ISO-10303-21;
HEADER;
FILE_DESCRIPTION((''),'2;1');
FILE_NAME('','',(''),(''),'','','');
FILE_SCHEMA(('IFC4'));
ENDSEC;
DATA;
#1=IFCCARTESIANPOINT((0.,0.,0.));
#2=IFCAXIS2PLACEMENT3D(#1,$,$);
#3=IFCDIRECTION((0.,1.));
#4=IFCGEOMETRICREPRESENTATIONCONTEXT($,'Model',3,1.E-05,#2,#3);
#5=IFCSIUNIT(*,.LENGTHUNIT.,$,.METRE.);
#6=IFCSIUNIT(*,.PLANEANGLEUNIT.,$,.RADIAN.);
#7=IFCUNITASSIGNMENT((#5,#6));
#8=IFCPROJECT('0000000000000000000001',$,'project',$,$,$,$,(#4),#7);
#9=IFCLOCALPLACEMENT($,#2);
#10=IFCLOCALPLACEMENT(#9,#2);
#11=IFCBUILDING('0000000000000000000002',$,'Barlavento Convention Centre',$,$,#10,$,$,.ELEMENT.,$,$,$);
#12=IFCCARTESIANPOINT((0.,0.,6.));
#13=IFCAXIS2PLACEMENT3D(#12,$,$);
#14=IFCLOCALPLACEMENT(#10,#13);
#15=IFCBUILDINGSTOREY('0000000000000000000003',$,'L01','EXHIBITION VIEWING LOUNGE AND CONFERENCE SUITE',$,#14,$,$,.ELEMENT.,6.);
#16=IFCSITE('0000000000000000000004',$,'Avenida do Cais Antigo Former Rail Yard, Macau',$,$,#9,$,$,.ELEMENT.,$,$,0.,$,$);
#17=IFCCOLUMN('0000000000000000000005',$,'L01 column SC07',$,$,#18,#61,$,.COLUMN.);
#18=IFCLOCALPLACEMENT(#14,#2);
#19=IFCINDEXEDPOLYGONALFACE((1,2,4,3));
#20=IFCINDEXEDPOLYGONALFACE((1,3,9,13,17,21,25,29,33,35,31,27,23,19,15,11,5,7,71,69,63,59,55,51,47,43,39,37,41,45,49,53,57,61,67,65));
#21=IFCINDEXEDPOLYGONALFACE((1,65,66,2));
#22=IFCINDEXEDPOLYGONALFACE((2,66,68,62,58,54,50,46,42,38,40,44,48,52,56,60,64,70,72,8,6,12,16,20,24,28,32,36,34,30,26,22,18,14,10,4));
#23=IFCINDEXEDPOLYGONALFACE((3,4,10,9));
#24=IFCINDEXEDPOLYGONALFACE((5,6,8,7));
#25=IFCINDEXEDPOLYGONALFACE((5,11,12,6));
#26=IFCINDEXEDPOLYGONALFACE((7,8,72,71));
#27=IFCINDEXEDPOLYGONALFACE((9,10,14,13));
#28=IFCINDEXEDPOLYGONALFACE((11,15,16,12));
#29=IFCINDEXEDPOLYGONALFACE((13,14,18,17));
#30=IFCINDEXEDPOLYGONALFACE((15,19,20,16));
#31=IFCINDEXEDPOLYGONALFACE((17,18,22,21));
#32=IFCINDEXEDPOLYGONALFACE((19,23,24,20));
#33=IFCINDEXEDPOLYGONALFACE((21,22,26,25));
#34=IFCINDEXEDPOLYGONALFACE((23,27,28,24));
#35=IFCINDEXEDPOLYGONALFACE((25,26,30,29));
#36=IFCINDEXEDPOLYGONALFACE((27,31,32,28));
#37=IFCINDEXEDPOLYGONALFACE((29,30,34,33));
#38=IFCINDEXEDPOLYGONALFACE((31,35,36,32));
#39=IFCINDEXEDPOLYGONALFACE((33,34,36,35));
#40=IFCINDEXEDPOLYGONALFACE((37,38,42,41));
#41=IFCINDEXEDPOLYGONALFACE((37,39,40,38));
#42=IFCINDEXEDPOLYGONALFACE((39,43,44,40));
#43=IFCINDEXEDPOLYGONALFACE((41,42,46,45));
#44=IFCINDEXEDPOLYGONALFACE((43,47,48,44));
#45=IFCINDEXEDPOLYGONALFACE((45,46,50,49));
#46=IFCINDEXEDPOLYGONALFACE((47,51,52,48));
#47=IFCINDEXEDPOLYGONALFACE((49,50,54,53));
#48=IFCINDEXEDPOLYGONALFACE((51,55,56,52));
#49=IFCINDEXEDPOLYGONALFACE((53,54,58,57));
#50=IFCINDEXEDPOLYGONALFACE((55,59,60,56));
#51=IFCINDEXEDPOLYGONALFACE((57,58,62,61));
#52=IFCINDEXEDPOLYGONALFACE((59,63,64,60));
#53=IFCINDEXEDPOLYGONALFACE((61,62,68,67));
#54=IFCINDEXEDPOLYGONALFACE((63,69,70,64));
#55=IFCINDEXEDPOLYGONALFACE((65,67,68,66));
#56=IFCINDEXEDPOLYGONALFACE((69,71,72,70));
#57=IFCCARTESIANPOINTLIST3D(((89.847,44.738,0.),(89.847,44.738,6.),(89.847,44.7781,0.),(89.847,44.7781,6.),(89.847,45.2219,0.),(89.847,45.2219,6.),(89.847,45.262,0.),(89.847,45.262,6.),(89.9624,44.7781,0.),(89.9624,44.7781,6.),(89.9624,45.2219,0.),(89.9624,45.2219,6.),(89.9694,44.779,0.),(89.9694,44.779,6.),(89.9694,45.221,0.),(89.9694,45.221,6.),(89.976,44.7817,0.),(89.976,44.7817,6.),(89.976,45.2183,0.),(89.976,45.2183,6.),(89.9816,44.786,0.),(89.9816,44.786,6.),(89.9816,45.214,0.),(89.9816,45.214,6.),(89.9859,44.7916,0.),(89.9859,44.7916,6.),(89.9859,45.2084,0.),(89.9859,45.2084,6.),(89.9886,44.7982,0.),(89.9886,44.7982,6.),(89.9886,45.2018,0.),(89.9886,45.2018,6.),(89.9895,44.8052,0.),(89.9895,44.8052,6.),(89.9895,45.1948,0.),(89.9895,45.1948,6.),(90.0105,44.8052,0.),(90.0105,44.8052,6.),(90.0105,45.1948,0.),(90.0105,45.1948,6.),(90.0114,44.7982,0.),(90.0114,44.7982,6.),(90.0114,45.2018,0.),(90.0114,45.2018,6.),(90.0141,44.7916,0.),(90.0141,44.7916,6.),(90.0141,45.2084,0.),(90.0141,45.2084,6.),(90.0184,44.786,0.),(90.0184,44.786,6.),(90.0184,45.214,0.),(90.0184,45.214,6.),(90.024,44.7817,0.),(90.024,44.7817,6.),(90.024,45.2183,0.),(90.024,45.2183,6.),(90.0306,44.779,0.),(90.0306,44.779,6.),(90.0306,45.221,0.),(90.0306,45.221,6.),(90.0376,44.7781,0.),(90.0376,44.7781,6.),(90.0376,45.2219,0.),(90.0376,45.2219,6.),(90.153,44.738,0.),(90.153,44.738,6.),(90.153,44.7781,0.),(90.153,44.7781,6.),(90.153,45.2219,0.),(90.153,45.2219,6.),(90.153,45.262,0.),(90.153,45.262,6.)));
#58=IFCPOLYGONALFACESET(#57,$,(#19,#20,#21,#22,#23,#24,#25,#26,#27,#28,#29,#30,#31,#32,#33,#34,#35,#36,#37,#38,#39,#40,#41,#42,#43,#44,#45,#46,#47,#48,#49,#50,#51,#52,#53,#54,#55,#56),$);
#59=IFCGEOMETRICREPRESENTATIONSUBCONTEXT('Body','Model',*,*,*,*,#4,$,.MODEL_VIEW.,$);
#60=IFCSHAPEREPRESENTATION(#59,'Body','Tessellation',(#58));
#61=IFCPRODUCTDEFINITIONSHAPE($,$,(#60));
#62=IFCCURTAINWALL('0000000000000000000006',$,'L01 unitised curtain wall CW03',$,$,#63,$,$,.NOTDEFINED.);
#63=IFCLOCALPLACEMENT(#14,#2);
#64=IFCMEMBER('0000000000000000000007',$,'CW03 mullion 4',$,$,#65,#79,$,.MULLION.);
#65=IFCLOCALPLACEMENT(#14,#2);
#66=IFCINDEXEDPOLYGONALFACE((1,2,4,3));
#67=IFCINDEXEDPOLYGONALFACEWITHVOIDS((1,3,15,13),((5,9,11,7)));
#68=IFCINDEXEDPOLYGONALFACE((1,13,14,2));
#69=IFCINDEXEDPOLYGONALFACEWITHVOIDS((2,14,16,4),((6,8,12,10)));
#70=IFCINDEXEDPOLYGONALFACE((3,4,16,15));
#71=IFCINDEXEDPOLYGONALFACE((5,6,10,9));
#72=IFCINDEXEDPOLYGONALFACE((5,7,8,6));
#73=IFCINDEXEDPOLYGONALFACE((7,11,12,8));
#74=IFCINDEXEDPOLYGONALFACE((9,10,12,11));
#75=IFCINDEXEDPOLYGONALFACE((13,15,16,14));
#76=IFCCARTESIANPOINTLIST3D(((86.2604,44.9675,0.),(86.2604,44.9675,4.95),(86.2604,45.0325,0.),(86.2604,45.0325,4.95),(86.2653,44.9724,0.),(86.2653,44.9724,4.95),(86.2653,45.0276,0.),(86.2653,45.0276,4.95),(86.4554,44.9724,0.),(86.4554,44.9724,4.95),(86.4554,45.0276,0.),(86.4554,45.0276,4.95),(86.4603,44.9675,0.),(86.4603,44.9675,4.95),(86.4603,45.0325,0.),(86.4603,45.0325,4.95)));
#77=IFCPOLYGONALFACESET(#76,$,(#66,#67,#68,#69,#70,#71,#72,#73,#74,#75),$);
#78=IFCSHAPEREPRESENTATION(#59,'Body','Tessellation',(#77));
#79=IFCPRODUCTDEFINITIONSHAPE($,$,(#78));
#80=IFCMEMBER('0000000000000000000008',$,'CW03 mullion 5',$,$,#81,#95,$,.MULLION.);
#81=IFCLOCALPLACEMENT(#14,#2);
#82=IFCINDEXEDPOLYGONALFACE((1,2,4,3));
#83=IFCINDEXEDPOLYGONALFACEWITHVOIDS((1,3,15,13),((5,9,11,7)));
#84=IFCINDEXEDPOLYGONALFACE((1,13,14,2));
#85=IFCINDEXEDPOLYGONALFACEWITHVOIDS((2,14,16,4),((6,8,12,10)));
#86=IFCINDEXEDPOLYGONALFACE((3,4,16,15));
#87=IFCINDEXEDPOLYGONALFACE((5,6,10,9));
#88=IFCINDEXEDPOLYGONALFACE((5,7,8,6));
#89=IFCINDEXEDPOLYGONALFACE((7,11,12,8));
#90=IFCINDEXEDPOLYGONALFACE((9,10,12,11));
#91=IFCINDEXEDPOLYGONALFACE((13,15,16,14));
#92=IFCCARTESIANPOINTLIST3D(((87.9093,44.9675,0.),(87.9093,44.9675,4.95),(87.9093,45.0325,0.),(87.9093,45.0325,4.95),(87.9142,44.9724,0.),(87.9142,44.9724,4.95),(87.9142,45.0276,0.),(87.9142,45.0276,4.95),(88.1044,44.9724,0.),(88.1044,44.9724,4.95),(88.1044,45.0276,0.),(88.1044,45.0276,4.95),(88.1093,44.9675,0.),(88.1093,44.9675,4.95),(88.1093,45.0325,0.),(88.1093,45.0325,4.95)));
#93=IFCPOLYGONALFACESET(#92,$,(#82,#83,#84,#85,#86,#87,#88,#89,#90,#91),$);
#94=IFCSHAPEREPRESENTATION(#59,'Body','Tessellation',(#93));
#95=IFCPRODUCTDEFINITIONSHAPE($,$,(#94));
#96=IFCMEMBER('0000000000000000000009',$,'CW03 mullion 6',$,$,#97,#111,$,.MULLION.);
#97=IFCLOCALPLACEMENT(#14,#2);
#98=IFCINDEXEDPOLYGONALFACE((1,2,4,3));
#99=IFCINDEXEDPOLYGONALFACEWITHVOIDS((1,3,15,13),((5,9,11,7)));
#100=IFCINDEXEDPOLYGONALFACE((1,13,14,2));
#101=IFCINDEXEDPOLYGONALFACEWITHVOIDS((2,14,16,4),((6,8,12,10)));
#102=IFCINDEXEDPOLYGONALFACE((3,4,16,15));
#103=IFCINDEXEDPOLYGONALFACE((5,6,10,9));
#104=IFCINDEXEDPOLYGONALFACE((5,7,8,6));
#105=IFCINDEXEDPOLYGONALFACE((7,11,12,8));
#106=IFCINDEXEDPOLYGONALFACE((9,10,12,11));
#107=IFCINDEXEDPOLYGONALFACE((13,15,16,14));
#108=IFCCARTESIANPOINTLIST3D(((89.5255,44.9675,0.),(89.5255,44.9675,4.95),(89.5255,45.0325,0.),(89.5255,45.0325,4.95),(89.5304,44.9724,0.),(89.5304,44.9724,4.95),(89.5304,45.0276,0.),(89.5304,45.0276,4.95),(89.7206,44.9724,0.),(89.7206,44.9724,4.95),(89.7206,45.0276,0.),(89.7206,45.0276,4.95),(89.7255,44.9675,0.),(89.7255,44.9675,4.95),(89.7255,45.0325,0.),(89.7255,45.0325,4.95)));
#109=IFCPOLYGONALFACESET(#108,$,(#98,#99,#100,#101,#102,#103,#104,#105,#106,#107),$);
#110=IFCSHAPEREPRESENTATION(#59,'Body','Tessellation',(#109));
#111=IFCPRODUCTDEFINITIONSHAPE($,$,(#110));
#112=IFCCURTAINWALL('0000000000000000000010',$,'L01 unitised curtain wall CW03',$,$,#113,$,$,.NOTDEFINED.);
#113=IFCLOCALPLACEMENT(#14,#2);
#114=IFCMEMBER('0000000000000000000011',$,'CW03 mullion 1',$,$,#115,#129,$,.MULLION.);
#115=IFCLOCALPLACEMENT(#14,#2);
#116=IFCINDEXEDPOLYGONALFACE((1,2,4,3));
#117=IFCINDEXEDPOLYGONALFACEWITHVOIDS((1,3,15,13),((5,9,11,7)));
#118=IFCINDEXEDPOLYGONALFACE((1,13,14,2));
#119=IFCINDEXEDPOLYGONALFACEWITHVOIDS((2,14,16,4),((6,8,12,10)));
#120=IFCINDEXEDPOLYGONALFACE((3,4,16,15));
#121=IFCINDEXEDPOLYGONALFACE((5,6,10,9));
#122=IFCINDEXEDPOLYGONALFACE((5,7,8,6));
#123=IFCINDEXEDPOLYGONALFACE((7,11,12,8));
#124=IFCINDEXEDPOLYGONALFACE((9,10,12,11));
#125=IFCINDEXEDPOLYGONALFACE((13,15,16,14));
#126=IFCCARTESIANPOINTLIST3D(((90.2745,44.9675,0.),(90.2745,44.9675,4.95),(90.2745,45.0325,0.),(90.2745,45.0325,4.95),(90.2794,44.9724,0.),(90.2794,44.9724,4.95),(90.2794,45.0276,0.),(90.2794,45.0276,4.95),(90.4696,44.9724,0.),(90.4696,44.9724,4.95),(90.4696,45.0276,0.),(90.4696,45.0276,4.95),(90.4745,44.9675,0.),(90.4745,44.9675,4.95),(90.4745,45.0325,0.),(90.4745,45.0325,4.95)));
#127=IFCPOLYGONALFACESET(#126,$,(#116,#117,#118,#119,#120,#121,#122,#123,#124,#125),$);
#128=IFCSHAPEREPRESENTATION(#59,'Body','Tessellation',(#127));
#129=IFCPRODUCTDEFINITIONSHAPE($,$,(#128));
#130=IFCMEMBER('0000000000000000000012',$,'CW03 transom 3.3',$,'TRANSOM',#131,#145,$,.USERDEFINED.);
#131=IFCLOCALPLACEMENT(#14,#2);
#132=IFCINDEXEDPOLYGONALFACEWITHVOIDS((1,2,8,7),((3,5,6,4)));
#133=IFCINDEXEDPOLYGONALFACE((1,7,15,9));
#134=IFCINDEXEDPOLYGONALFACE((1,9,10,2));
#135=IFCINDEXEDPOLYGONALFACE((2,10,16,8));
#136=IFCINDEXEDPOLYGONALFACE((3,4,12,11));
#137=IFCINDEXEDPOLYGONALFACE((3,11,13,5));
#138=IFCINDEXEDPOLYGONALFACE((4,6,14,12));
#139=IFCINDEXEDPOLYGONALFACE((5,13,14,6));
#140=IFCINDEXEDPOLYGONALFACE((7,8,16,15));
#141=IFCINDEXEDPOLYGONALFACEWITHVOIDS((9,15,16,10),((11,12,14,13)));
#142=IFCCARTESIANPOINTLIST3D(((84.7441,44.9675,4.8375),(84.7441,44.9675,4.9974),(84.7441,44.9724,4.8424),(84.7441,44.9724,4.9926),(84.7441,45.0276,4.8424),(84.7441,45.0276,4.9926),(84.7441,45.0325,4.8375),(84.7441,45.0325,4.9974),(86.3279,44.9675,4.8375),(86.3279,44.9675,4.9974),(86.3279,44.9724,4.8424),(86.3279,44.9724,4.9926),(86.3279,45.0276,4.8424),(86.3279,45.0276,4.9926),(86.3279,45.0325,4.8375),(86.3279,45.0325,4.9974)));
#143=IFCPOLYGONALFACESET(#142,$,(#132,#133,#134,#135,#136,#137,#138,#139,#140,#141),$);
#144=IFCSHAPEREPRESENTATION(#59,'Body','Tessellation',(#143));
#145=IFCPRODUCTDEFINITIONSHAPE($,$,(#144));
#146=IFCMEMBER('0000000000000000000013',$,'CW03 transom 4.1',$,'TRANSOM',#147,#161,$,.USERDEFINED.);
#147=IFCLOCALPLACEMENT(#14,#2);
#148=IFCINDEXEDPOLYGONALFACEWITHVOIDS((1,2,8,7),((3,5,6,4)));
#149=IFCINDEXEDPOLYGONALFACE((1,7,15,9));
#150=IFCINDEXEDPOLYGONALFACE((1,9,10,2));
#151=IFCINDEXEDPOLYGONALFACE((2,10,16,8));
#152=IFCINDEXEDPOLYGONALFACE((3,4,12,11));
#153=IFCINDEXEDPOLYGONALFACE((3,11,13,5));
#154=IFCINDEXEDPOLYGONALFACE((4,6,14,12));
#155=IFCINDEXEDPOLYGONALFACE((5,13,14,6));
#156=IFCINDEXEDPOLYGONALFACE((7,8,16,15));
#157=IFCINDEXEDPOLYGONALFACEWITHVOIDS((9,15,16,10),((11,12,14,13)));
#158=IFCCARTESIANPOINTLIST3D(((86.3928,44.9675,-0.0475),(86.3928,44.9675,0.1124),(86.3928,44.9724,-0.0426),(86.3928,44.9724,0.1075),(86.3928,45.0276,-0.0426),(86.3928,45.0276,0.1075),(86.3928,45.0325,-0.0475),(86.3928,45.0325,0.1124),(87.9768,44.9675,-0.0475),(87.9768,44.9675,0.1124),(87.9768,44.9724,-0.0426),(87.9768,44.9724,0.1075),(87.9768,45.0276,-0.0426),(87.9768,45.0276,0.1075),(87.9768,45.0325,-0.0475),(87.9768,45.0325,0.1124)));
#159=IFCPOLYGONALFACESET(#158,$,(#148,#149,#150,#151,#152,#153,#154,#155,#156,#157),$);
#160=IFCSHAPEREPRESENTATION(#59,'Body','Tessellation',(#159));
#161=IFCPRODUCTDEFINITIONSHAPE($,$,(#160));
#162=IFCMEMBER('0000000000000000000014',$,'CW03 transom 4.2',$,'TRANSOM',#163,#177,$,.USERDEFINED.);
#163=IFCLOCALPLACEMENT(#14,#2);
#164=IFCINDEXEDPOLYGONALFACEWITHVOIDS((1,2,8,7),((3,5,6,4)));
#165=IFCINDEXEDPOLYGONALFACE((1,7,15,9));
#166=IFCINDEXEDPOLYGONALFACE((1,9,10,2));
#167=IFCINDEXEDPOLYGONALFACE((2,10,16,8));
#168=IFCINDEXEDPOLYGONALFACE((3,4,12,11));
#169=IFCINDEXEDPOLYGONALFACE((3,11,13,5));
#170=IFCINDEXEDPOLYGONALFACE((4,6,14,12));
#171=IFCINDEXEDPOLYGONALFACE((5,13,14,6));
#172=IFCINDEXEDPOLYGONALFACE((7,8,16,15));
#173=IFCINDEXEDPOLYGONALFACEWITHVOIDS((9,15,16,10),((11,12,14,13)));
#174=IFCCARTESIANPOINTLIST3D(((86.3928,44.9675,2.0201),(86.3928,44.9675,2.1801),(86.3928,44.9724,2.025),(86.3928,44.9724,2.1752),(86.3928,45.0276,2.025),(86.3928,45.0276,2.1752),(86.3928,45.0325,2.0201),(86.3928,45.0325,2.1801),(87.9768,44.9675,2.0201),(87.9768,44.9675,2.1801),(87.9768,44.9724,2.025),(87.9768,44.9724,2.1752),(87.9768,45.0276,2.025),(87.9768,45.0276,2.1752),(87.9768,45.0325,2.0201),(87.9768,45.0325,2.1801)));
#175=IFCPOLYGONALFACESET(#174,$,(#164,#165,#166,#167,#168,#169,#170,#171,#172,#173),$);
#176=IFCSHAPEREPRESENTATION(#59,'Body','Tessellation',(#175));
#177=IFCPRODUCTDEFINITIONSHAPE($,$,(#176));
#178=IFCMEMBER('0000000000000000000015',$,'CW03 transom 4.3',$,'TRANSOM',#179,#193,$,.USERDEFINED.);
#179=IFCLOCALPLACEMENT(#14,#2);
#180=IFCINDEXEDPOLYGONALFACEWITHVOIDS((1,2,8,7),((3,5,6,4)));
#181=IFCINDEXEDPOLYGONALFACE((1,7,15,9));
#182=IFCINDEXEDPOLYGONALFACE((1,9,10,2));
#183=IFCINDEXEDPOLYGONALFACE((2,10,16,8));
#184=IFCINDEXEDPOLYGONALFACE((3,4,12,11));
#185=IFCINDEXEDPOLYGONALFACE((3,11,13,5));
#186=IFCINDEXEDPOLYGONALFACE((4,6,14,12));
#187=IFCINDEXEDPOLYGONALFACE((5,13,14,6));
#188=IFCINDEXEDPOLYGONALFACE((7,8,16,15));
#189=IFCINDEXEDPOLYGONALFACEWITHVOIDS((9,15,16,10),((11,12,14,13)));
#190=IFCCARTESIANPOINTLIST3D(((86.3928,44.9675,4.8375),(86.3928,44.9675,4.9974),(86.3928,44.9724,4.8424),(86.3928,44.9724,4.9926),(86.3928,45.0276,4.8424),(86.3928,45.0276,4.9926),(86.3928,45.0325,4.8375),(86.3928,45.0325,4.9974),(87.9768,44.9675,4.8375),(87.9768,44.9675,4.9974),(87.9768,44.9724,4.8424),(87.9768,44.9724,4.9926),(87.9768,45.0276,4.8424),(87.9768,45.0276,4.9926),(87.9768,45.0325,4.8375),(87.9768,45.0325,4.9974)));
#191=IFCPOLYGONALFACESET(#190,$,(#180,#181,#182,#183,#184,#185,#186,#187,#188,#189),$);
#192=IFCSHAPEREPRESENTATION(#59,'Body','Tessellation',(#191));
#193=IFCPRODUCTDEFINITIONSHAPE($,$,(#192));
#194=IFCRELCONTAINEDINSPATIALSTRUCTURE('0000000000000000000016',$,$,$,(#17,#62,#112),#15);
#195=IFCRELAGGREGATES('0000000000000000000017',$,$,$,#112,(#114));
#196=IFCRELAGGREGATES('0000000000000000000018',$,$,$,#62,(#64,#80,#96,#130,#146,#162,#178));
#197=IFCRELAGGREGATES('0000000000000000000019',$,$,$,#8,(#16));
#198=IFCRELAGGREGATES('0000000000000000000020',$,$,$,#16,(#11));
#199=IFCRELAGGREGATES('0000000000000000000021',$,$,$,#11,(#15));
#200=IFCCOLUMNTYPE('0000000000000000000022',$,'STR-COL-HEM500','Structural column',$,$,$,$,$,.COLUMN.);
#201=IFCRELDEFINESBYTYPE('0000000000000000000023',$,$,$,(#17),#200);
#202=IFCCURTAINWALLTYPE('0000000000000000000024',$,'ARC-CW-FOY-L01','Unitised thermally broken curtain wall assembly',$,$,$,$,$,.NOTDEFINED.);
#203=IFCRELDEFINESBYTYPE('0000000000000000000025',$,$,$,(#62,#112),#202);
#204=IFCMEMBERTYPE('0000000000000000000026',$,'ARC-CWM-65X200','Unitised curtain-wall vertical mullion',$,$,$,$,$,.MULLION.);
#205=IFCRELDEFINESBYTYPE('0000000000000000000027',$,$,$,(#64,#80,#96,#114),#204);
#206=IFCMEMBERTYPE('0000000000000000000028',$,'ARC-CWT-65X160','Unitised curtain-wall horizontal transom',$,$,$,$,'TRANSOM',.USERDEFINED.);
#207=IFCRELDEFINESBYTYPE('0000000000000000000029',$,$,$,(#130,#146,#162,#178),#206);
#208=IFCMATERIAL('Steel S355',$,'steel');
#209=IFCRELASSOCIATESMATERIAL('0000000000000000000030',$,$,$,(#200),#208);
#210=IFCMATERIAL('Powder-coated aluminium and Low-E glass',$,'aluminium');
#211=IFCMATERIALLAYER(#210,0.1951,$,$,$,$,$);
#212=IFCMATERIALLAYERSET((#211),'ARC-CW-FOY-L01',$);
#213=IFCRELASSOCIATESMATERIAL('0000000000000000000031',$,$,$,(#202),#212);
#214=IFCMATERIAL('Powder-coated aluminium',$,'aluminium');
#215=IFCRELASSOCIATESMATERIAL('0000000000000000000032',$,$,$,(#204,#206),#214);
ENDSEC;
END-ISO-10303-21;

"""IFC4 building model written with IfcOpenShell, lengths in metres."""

from ifc_helpers import new_model, si_unit, direction, frame, origin, origin_2d, place, context, subcontext, project, spatial, hollow_rectangle, i_section, extrude, material, layer, layer_set, material_profile, profile_set, type_object, element, aggregate, save


model = new_model("IFC4")

# Units and contexts
model_context = context("Model", 3, precision=1e-05, world=origin(), true_north=direction((0.0, 1.0)))
body_context = subcontext(model_context, "Body", "Model", "MODEL_VIEW")
ifc_project = project(units=[si_unit("LENGTHUNIT", "METRE"), si_unit("PLANEANGLEUNIT", "RADIAN")], contexts=[model_context])

# Site, building, storey
site_placement = place(None, origin())
site = spatial("IfcSite", under=ifc_project, at=site_placement, Name="Avenida do Cais Antigo Former Rail Yard, Macau", CompositionType="ELEMENT", RefElevation=0.0)
building_placement = place(site_placement, origin())
building = spatial("IfcBuilding", under=site, at=building_placement, Name="Barlavento Convention Centre", CompositionType="ELEMENT")
storey_placement = place(building_placement, frame((0.0, 0.0, 6.0)))
storey = spatial("IfcBuildingStorey", under=building, at=storey_placement, Name="L01", Description="EXHIBITION VIEWING LOUNGE AND CONFERENCE SUITE", CompositionType="ELEMENT", Elevation=6.0)

# Column
ifc_material_1 = material(Name="Steel S355", Category="steel")
ifc_material_profile_1 = material_profile(ifc_material_1, i_section(OverallWidth=0.3059, OverallDepth=0.5239, WebThickness=0.021, FlangeThickness=0.04, FilletRadius=0.0271, at=origin_2d()), Name="HEM 500")
ifc_profile_set_1 = profile_set([ifc_material_profile_1], Name="Steel S355")
column_type = type_object("IfcColumnType", Name="STR-COL-HEM500", Description="Structural column", PredefinedType="COLUMN", material=ifc_profile_set_1)
column_placement = place(storey_placement, frame((90.0, 45.0, 0.0), z_axis=(0.0, 0.0, 1.0), x_axis=(1.0, 0.0, 0.0)))
element("IfcColumn", 1, at=column_placement, inside=storey, type_object=column_type, Name="L01 column SC07", PredefinedType="COLUMN", context=body_context, shape_type="SweptSolid", body=[
    extrude(i_section(OverallWidth=0.3059, OverallDepth=0.5239, WebThickness=0.021, FlangeThickness=0.04, FilletRadius=0.0271, at=origin_2d()), origin(), (0.0, 0.0, 1.0), 6.0),
])

# Curtain wall, members
ifc_material_2 = material(Name="Powder-coated aluminium and Low-E glass", Category="aluminium")
ifc_layer_1 = layer(ifc_material_2, 0.1951)
ifc_layer_set_1 = layer_set([ifc_layer_1], Name="ARC-CW-FOY-L01")
curtain_wall_type = type_object("IfcCurtainWallType", Name="ARC-CW-FOY-L01", Description="Unitised thermally broken curtain wall assembly", PredefinedType="NOTDEFINED", material=ifc_layer_set_1)
curtain_wall_1_placement = place(storey_placement, origin())
curtain_wall_1 = element("IfcCurtainWall", 2, at=curtain_wall_1_placement, inside=storey, type_object=curtain_wall_type, Name="L01 unitised curtain wall CW03", PredefinedType="NOTDEFINED")
ifc_material_3 = material(Name="Powder-coated aluminium", Category="aluminium")
ifc_material_profile_2 = material_profile(ifc_material_3, hollow_rectangle(XDim=0.0649, YDim=0.2, WallThickness=0.0049, at=origin_2d()), Name="AL-MULL 65x200x5")
ifc_profile_set_2 = profile_set([ifc_material_profile_2], Name="Powder-coated aluminium")
member_type_1 = type_object("IfcMemberType", Name="ARC-CWM-65X200", Description="Unitised curtain-wall vertical mullion", PredefinedType="MULLION", material=ifc_profile_set_2)
member_1_placement = place(storey_placement, frame((86.3604, 45.0, 0.0), z_axis=(0.0, 0.0, 1.0), x_axis=(0.0, 1.0, 0.0)))
member_1 = element("IfcMember", 3, at=member_1_placement, type_object=member_type_1, Name="CW03 mullion 4", PredefinedType="MULLION", context=body_context, shape_type="SweptSolid", body=[
    extrude(hollow_rectangle(XDim=0.0649, YDim=0.2, WallThickness=0.0049, at=origin_2d()), origin(), (0.0, 0.0, 1.0), 4.95),
])
member_2_placement = place(storey_placement, frame((88.0093, 45.0, 0.0), z_axis=(0.0, 0.0, 1.0), x_axis=(0.0, 1.0, 0.0)))
member_2 = element("IfcMember", 4, at=member_2_placement, type_object=member_type_1, Name="CW03 mullion 5", PredefinedType="MULLION", context=body_context, shape_type="SweptSolid", body=[
    extrude(hollow_rectangle(XDim=0.0649, YDim=0.2, WallThickness=0.0049, at=origin_2d()), origin(), (0.0, 0.0, 1.0), 4.95),
])
member_3_placement = place(storey_placement, frame((89.6255, 45.0, 0.0), z_axis=(0.0, 0.0, 1.0), x_axis=(0.0, 1.0, 0.0)))
member_3 = element("IfcMember", 5, at=member_3_placement, type_object=member_type_1, Name="CW03 mullion 6", PredefinedType="MULLION", context=body_context, shape_type="SweptSolid", body=[
    extrude(hollow_rectangle(XDim=0.0649, YDim=0.2, WallThickness=0.0049, at=origin_2d()), origin(), (0.0, 0.0, 1.0), 4.95),
])

# Curtain wall, member
curtain_wall_2_placement = place(storey_placement, origin())
curtain_wall_2 = element("IfcCurtainWall", 6, at=curtain_wall_2_placement, inside=storey, type_object=curtain_wall_type, Name="L01 unitised curtain wall CW03", PredefinedType="NOTDEFINED")
member_4_placement = place(storey_placement, frame((90.3745, 45.0, 0.0), z_axis=(0.0, 0.0, 1.0), x_axis=(0.0, 1.0, 0.0)))
member_4 = element("IfcMember", 7, at=member_4_placement, type_object=member_type_1, Name="CW03 mullion 1", PredefinedType="MULLION", context=body_context, shape_type="SweptSolid", body=[
    extrude(hollow_rectangle(XDim=0.0649, YDim=0.2, WallThickness=0.0049, at=origin_2d()), origin(), (0.0, 0.0, 1.0), 4.95),
])

# Members
ifc_material_profile_3 = material_profile(ifc_material_3, hollow_rectangle(XDim=0.0649, YDim=0.1599, WallThickness=0.0049, at=origin_2d()), Name="AL-TRAN 65x160x5")
ifc_profile_set_3 = profile_set([ifc_material_profile_3], Name="Powder-coated aluminium")
member_type_2 = type_object("IfcMemberType", Name="ARC-CWT-65X160", Description="Unitised curtain-wall horizontal transom", ElementType="TRANSOM", PredefinedType="USERDEFINED", material=ifc_profile_set_3)
member_5_placement = place(storey_placement, frame((84.7441, 45.0, 4.9175), z_axis=(1.0, 0.0, 0.0), x_axis=(0.0, 1.0, 0.0)))
member_5 = element("IfcMember", 8, at=member_5_placement, type_object=member_type_2, Name="CW03 transom 3.3", ObjectType="TRANSOM", PredefinedType="USERDEFINED", context=body_context, shape_type="SweptSolid", body=[
    extrude(hollow_rectangle(XDim=0.0649, YDim=0.1599, WallThickness=0.0049, at=origin_2d()), origin(), (0.0, 0.0, 1.0), 1.5837),
])
member_6_placement = place(storey_placement, frame((86.3928, 45.0, 0.0325), z_axis=(1.0, 0.0, 0.0), x_axis=(0.0, 1.0, 0.0)))
member_6 = element("IfcMember", 9, at=member_6_placement, type_object=member_type_2, Name="CW03 transom 4.1", ObjectType="TRANSOM", PredefinedType="USERDEFINED", context=body_context, shape_type="SweptSolid", body=[
    extrude(hollow_rectangle(XDim=0.0649, YDim=0.1599, WallThickness=0.0049, at=origin_2d()), origin(), (0.0, 0.0, 1.0), 1.584),
])
member_7_placement = place(storey_placement, frame((86.3928, 45.0, 2.1001), z_axis=(1.0, 0.0, 0.0), x_axis=(0.0, 1.0, 0.0)))
member_7 = element("IfcMember", 10, at=member_7_placement, type_object=member_type_2, Name="CW03 transom 4.2", ObjectType="TRANSOM", PredefinedType="USERDEFINED", context=body_context, shape_type="SweptSolid", body=[
    extrude(hollow_rectangle(XDim=0.0649, YDim=0.1599, WallThickness=0.0049, at=origin_2d()), origin(), (0.0, 0.0, 1.0), 1.584),
])
member_8_placement = place(storey_placement, frame((86.3928, 45.0, 4.9175), z_axis=(1.0, 0.0, 0.0), x_axis=(0.0, 1.0, 0.0)))
member_8 = element("IfcMember", 11, at=member_8_placement, type_object=member_type_2, Name="CW03 transom 4.3", ObjectType="TRANSOM", PredefinedType="USERDEFINED", context=body_context, shape_type="SweptSolid", body=[
    extrude(hollow_rectangle(XDim=0.0649, YDim=0.1599, WallThickness=0.0049, at=origin_2d()), origin(), (0.0, 0.0, 1.0), 1.584),
])
aggregate(curtain_wall_2, [member_4])

aggregate(curtain_wall_1, [member_1, member_2, member_3, member_5, member_6, member_7, member_8])

save(model, "model.ifc")
